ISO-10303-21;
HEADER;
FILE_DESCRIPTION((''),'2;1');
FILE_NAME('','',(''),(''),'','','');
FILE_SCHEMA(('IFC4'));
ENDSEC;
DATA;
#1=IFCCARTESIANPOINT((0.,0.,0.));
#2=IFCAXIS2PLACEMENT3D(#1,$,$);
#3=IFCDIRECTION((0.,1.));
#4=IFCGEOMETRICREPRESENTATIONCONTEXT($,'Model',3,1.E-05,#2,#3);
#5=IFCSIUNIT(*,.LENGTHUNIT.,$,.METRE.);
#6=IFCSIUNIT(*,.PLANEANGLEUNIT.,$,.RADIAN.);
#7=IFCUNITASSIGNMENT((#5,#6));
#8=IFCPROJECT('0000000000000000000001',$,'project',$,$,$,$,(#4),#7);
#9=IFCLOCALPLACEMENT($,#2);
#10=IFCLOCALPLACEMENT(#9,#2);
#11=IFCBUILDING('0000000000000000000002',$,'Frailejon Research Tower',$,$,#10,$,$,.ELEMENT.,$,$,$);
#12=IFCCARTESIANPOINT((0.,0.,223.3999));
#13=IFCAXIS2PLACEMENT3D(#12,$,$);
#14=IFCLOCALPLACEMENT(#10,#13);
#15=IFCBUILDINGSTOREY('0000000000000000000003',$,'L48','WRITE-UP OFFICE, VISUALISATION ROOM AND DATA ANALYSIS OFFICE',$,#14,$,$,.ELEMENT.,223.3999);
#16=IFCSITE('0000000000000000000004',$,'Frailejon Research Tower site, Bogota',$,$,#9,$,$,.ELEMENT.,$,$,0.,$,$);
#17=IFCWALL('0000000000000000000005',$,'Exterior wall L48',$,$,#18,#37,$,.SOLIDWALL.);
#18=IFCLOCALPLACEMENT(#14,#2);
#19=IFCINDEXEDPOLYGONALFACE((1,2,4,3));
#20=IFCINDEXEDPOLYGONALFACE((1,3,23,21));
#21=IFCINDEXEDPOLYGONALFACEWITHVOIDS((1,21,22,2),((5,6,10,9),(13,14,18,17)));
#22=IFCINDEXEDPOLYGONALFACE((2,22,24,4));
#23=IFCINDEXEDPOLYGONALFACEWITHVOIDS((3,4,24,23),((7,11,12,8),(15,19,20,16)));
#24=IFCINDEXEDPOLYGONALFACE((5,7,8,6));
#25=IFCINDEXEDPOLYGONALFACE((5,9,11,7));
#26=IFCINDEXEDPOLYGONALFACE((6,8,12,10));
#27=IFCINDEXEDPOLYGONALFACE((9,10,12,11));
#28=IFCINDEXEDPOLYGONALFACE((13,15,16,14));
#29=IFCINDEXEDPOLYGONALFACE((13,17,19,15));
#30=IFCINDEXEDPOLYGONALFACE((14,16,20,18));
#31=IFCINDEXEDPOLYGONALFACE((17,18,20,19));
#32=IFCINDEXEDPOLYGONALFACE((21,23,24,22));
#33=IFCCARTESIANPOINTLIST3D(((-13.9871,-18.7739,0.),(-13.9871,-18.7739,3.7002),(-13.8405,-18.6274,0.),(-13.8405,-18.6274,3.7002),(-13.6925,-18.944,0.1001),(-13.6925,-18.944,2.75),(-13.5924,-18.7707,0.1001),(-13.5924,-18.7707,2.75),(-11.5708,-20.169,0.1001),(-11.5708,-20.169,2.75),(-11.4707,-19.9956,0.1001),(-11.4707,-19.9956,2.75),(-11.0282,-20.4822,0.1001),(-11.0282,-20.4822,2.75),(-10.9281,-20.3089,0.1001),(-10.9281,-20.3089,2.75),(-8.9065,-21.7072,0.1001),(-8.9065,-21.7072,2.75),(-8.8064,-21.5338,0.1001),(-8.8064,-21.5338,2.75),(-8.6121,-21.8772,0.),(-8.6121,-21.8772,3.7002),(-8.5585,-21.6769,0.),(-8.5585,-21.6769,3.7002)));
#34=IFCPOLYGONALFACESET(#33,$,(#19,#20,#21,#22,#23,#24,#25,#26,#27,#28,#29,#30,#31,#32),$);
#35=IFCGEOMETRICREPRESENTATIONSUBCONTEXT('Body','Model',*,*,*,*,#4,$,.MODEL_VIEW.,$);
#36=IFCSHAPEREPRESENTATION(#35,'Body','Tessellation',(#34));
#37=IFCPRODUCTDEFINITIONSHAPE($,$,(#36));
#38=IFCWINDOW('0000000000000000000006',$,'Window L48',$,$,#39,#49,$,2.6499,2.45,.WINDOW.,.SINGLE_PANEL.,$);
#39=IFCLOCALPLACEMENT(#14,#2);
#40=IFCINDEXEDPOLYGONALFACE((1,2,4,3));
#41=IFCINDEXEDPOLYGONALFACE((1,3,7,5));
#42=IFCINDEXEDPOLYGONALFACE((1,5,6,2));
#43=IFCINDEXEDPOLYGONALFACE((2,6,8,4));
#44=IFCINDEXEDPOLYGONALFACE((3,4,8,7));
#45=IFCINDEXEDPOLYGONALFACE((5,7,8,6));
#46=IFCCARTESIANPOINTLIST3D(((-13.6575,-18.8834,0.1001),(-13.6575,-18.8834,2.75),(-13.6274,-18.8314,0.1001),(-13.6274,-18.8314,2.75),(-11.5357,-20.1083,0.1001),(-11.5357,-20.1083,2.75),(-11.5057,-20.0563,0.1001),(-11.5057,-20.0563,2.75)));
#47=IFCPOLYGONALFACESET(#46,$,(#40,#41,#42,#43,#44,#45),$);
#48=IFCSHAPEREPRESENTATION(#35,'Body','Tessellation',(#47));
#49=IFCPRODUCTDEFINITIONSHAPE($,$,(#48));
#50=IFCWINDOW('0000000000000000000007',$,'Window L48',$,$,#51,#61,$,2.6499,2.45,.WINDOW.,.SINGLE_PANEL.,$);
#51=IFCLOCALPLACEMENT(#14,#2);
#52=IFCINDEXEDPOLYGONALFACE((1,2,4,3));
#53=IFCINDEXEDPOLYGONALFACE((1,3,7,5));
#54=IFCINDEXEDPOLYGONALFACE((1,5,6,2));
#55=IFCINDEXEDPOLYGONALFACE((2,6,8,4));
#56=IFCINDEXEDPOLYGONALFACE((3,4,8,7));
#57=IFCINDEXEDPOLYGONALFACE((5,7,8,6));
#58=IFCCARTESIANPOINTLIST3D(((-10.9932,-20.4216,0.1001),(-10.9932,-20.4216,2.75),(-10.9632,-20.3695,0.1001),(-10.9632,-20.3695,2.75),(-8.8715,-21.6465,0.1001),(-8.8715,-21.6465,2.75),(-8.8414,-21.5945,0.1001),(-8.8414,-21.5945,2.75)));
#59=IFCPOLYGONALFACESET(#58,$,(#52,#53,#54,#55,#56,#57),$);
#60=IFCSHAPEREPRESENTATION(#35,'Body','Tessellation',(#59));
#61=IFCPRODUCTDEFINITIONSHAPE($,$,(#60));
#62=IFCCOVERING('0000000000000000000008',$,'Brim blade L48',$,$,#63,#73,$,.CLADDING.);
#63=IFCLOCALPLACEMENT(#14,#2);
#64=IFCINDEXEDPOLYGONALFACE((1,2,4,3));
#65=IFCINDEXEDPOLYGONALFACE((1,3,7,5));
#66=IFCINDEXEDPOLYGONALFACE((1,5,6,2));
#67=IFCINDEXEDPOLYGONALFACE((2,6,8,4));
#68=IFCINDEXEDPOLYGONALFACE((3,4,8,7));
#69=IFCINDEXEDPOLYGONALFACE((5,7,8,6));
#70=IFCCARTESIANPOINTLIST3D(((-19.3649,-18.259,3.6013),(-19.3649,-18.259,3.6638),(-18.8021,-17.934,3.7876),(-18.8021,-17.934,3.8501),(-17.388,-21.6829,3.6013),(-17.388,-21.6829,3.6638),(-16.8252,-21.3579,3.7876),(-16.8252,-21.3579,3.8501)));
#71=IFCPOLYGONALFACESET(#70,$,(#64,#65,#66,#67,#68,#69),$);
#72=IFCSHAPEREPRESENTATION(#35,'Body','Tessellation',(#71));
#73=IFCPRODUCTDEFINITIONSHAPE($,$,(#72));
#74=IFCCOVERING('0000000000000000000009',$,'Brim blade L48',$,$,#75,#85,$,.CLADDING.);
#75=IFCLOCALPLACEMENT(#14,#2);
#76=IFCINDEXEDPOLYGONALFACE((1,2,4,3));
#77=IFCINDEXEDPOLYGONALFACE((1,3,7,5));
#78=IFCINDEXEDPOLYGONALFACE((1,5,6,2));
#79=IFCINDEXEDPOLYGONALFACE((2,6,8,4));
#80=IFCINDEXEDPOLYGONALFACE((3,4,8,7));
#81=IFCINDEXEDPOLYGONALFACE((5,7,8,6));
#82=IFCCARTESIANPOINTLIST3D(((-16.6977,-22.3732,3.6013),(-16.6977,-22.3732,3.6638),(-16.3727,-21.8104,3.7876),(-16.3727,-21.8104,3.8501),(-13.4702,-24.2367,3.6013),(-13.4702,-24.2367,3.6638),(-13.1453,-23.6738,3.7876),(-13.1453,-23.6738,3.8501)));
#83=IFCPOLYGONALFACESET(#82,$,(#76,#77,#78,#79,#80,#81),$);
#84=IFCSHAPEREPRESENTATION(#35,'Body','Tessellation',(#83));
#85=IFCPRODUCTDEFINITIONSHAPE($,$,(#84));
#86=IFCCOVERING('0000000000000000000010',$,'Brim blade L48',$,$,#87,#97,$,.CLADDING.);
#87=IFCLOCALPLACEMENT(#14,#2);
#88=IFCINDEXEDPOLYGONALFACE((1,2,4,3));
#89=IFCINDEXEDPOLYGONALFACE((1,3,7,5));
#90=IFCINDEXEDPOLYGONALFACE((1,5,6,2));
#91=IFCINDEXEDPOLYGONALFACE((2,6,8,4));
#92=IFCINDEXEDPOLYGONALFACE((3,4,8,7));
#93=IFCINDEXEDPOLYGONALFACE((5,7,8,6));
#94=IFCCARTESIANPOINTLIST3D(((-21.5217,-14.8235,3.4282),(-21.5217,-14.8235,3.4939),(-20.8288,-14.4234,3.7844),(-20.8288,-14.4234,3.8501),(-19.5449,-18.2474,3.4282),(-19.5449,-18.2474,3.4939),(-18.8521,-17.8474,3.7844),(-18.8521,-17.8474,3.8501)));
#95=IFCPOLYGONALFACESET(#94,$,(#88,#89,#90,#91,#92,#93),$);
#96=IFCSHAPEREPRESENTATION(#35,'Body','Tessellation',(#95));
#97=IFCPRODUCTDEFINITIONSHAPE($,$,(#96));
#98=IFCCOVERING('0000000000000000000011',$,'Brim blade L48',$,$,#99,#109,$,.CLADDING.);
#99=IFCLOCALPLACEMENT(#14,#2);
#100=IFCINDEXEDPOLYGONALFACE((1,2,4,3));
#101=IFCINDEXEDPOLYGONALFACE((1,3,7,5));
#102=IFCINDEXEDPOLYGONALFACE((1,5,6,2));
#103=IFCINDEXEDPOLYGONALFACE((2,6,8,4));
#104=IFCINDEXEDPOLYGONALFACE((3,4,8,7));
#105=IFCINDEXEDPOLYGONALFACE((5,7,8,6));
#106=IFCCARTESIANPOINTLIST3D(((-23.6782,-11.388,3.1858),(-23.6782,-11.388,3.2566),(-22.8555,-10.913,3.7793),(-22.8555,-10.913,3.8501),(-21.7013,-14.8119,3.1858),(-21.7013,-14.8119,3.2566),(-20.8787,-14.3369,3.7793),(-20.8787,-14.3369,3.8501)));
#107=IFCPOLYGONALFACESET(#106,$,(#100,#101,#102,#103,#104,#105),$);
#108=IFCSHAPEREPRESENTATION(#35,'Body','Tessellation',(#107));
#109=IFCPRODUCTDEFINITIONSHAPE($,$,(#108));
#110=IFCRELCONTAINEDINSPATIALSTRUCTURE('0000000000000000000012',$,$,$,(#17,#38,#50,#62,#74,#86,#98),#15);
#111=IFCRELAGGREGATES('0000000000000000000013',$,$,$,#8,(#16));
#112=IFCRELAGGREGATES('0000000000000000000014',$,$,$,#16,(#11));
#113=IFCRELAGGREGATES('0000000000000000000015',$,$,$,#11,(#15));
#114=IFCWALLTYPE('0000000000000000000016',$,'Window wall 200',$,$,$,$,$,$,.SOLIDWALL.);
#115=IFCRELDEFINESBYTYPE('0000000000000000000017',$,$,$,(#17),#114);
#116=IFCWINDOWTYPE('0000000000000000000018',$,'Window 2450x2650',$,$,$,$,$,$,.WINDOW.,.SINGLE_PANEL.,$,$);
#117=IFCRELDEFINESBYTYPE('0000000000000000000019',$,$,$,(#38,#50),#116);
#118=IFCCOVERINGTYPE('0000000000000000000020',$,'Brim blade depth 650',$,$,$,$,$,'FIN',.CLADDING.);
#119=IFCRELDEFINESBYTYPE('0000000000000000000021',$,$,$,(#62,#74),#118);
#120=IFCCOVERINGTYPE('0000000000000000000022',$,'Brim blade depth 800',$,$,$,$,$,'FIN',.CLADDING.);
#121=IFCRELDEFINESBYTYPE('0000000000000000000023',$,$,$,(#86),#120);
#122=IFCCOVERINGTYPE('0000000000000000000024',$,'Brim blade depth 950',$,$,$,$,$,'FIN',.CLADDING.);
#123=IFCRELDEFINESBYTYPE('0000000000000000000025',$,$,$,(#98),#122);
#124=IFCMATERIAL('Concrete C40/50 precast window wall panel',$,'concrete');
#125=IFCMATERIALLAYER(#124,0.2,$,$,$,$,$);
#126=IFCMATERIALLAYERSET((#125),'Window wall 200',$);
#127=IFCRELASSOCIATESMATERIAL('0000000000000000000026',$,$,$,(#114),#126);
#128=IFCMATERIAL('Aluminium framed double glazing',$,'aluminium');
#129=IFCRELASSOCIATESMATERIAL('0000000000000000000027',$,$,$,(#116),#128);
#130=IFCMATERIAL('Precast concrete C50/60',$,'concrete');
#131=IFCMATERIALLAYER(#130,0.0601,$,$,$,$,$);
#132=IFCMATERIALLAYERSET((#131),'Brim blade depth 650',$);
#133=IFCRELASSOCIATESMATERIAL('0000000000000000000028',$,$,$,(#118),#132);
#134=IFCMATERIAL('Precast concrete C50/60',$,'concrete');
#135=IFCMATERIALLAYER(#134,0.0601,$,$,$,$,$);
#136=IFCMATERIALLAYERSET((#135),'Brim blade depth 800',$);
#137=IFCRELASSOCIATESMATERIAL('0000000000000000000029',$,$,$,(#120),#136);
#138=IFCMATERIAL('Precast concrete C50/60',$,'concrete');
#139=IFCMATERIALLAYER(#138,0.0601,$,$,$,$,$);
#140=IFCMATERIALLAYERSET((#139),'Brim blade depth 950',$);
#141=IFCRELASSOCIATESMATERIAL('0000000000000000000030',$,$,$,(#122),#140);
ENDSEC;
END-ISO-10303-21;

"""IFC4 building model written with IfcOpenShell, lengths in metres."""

from ifc_helpers import new_model, si_unit, direction, frame, frame_2d, origin, place, context, subcontext, project, spatial, polyline, rectangle, outline, extrude, material, layer, layer_set, type_object, element, fill, save


model = new_model("IFC4")

# Units and contexts
model_context = context("Model", 3, precision=1e-05, world=origin(), true_north=direction((0.0, 1.0)))
body_context = subcontext(model_context, "Body", "Model", "MODEL_VIEW")
ifc_project = project(units=[si_unit("LENGTHUNIT", "METRE"), si_unit("PLANEANGLEUNIT", "RADIAN")], contexts=[model_context])

# Site, building, storey
site_placement = place(None, origin())
site = spatial("IfcSite", under=ifc_project, at=site_placement, Name="Frailejon Research Tower site, Bogota", CompositionType="ELEMENT", RefElevation=0.0)
building_placement = place(site_placement, origin())
building = spatial("IfcBuilding", under=site, at=building_placement, Name="Frailejon Research Tower", CompositionType="ELEMENT")
storey_placement = place(building_placement, frame((0.0, 0.0, 223.3999)))
storey = spatial("IfcBuildingStorey", under=building, at=storey_placement, Name="L48", Description="WRITE-UP OFFICE, VISUALISATION ROOM AND DATA ANALYSIS OFFICE", CompositionType="ELEMENT", Elevation=223.3999)

# Wall, openings, windows
ifc_material_1 = material(Name="Concrete C40/50 precast window wall panel", Category="concrete")
ifc_layer_1 = layer(ifc_material_1, 0.2)
ifc_layer_set_1 = layer_set([ifc_layer_1], Name="Window wall 200")
wall_type_1 = type_object("IfcWallType", Name="Window wall 200", PredefinedType="SOLIDWALL", material=ifc_layer_set_1)
wall_1_placement = place(storey_placement, frame((-13.9138, -18.7007, 0.0), z_axis=(0.0, 0.0, 1.0), x_axis=(0.86603, -0.499993, 0.0)))
wall_1 = element("IfcWall", 1, at=wall_1_placement, inside=storey, type_object=wall_type_1, Name="Exterior wall L48", PredefinedType="SOLIDWALL", context=body_context, shape_type="SweptSolid", body=[
    extrude(outline(polyline([(-0.0269, -0.1001), (1.0076, -0.1001), (2.042, -0.1001), (3.0764, -0.1001), (4.1108, -0.1001), (5.1453, -0.1001), (6.1797, -0.1001), (6.126, 0.1001), (5.1094, 0.1001), (4.093, 0.1001), (3.0764, 0.1001), (2.0598, 0.1001), (1.0435, 0.1001), (0.0269, 0.1001), (-0.0269, -0.1001)])), origin(), (0.0, 0.0, 1.0), 3.7002),
])
opening_1_placement = place(wall_1_placement, frame((0.3132, 0.0, 0.1001)))
opening_1 = element("IfcOpeningElement", 2, at=opening_1_placement, cuts=wall_1, PredefinedType="OPENING", context=body_context, shape_type="SweptSolid", body=[
    extrude(rectangle(XDim=2.45, YDim=2.6499, at=frame_2d((1.2251, 1.325))), frame((0.0, 0.1099, 0.0), z_axis=(0.0, -1.0, 0.0), x_axis=(1.0, 0.0, 0.0)), (0.0, 0.0, 1.0), 0.22),
])
opening_2_placement = place(wall_1_placement, frame((3.3896, 0.0, 0.1001)))
opening_2 = element("IfcOpeningElement", 3, at=opening_2_placement, cuts=wall_1, PredefinedType="OPENING", context=body_context, shape_type="SweptSolid", body=[
    extrude(rectangle(XDim=2.45, YDim=2.6499, at=frame_2d((1.2251, 1.325))), frame((0.0, 0.1099, 0.0), z_axis=(0.0, -1.0, 0.0), x_axis=(1.0, 0.0, 0.0)), (0.0, 0.0, 1.0), 0.22),
])
ifc_material_2 = material(Name="Aluminium framed double glazing", Category="aluminium")
window_type = type_object("IfcWindowType", Name="Window 2450x2650", PartitioningType="SINGLE_PANEL", PredefinedType="WINDOW", material=ifc_material_2)
window_1_placement = place(opening_1_placement, origin())
window_1 = element("IfcWindow", 4, at=window_1_placement, inside=storey, type_object=window_type, Name="Window L48", OverallHeight=2.6499, OverallWidth=2.45, PartitioningType="SINGLE_PANEL", PredefinedType="WINDOW", context=body_context, shape_type="SweptSolid", body=[
    extrude(rectangle(XDim=2.45, YDim=2.6499, at=frame_2d((1.2251, 1.325))), frame((0.0, 0.03, 0.0), z_axis=(0.0, -1.0, 0.0), x_axis=(1.0, 0.0, 0.0)), (0.0, 0.0, 1.0), 0.0601),
])
fill(opening_1, window_1)
window_2_placement = place(opening_2_placement, origin())
window_2 = element("IfcWindow", 5, at=window_2_placement, inside=storey, type_object=window_type, Name="Window L48", OverallHeight=2.6499, OverallWidth=2.45, PartitioningType="SINGLE_PANEL", PredefinedType="WINDOW", context=body_context, shape_type="SweptSolid", body=[
    extrude(rectangle(XDim=2.45, YDim=2.6499, at=frame_2d((1.2251, 1.325))), frame((0.0, 0.03, 0.0), z_axis=(0.0, -1.0, 0.0), x_axis=(1.0, 0.0, 0.0)), (0.0, 0.0, 1.0), 0.0601),
])
fill(opening_2, window_2)

# Coverings
ifc_material_3 = material(Name="Precast concrete C50/60", Category="concrete")
ifc_layer_2 = layer(ifc_material_3, 0.0601)
ifc_layer_set_2 = layer_set([ifc_layer_2], Name="Brim blade depth 650")
covering_type_1 = type_object("IfcCoveringType", Name="Brim blade depth 650", ElementType="FIN", PredefinedType="CLADDING", material=ifc_layer_set_2)
covering_1_placement = place(storey_placement, frame((-16.8252, -21.3579, 3.8501), z_axis=(-0.500013, 0.866018, 0.0), x_axis=(-0.866018, -0.500013, 0.0)))
element("IfcCovering", 6, at=covering_1_placement, inside=storey, type_object=covering_type_1, Name="Brim blade L48", PredefinedType="CLADDING", context=body_context, shape_type="SweptSolid", body=[
    extrude(outline(polyline([(0.0, -0.0625), (0.6499, -0.2488), (0.6499, -0.1863), (0.0, 0.0), (0.0, -0.0625)])), origin(), (0.0, 0.0, 1.0), 3.9536),
])
covering_2_placement = place(storey_placement, frame((-13.1453, -23.6738, 3.8501), z_axis=(-0.866018, 0.500012, 0.0), x_axis=(-0.500012, -0.866018, 0.0)))
element("IfcCovering", 7, at=covering_2_placement, inside=storey, type_object=covering_type_1, Name="Brim blade L48", PredefinedType="CLADDING", context=body_context, shape_type="SweptSolid", body=[
    extrude(outline(polyline([(0.0, -0.0625), (0.6499, -0.2488), (0.6499, -0.1863), (0.0, 0.0), (0.0, -0.0625)])), origin(), (0.0, 0.0, 1.0), 3.7268),
])
ifc_material_4 = material(Name="Precast concrete C50/60", Category="concrete")
ifc_layer_3 = layer(ifc_material_4, 0.0601)
ifc_layer_set_3 = layer_set([ifc_layer_3], Name="Brim blade depth 800")
covering_type_2 = type_object("IfcCoveringType", Name="Brim blade depth 800", ElementType="FIN", PredefinedType="CLADDING", material=ifc_layer_set_3)
covering_3_placement = place(storey_placement, frame((-18.8521, -17.8474, 3.8501), z_axis=(-0.499984, 0.866035, 0.0), x_axis=(-0.866035, -0.499984, 0.0)))
element("IfcCovering", 8, at=covering_3_placement, inside=storey, type_object=covering_type_2, Name="Brim blade L48", PredefinedType="CLADDING", context=body_context, shape_type="SweptSolid", body=[
    extrude(outline(polyline([(0.0, -0.0657), (0.8, -0.4219), (0.8, -0.3562), (0.0, 0.0), (0.0, -0.0657)])), origin(), (0.0, 0.0, 1.0), 3.9536),
])
ifc_material_5 = material(Name="Precast concrete C50/60", Category="concrete")
ifc_layer_4 = layer(ifc_material_5, 0.0601)
ifc_layer_set_4 = layer_set([ifc_layer_4], Name="Brim blade depth 950")
covering_type_3 = type_object("IfcCoveringType", Name="Brim blade depth 950", ElementType="FIN", PredefinedType="CLADDING", material=ifc_layer_set_4)
covering_4_placement = place(storey_placement, frame((-20.8787, -14.3369, 3.8501), z_axis=(-0.500013, 0.866018, 0.0), x_axis=(-0.866018, -0.500013, 0.0)))
element("IfcCovering", 9, at=covering_4_placement, inside=storey, type_object=covering_type_3, Name="Brim blade L48", PredefinedType="CLADDING", context=body_context, shape_type="SweptSolid", body=[
    extrude(outline(polyline([(0.0, -0.0708), (0.95, -0.6643), (0.95, -0.5935), (0.0, 0.0), (0.0, -0.0708)])), origin(), (0.0, 0.0, 1.0), 3.9536),
])

save(model, "model.ifc")
